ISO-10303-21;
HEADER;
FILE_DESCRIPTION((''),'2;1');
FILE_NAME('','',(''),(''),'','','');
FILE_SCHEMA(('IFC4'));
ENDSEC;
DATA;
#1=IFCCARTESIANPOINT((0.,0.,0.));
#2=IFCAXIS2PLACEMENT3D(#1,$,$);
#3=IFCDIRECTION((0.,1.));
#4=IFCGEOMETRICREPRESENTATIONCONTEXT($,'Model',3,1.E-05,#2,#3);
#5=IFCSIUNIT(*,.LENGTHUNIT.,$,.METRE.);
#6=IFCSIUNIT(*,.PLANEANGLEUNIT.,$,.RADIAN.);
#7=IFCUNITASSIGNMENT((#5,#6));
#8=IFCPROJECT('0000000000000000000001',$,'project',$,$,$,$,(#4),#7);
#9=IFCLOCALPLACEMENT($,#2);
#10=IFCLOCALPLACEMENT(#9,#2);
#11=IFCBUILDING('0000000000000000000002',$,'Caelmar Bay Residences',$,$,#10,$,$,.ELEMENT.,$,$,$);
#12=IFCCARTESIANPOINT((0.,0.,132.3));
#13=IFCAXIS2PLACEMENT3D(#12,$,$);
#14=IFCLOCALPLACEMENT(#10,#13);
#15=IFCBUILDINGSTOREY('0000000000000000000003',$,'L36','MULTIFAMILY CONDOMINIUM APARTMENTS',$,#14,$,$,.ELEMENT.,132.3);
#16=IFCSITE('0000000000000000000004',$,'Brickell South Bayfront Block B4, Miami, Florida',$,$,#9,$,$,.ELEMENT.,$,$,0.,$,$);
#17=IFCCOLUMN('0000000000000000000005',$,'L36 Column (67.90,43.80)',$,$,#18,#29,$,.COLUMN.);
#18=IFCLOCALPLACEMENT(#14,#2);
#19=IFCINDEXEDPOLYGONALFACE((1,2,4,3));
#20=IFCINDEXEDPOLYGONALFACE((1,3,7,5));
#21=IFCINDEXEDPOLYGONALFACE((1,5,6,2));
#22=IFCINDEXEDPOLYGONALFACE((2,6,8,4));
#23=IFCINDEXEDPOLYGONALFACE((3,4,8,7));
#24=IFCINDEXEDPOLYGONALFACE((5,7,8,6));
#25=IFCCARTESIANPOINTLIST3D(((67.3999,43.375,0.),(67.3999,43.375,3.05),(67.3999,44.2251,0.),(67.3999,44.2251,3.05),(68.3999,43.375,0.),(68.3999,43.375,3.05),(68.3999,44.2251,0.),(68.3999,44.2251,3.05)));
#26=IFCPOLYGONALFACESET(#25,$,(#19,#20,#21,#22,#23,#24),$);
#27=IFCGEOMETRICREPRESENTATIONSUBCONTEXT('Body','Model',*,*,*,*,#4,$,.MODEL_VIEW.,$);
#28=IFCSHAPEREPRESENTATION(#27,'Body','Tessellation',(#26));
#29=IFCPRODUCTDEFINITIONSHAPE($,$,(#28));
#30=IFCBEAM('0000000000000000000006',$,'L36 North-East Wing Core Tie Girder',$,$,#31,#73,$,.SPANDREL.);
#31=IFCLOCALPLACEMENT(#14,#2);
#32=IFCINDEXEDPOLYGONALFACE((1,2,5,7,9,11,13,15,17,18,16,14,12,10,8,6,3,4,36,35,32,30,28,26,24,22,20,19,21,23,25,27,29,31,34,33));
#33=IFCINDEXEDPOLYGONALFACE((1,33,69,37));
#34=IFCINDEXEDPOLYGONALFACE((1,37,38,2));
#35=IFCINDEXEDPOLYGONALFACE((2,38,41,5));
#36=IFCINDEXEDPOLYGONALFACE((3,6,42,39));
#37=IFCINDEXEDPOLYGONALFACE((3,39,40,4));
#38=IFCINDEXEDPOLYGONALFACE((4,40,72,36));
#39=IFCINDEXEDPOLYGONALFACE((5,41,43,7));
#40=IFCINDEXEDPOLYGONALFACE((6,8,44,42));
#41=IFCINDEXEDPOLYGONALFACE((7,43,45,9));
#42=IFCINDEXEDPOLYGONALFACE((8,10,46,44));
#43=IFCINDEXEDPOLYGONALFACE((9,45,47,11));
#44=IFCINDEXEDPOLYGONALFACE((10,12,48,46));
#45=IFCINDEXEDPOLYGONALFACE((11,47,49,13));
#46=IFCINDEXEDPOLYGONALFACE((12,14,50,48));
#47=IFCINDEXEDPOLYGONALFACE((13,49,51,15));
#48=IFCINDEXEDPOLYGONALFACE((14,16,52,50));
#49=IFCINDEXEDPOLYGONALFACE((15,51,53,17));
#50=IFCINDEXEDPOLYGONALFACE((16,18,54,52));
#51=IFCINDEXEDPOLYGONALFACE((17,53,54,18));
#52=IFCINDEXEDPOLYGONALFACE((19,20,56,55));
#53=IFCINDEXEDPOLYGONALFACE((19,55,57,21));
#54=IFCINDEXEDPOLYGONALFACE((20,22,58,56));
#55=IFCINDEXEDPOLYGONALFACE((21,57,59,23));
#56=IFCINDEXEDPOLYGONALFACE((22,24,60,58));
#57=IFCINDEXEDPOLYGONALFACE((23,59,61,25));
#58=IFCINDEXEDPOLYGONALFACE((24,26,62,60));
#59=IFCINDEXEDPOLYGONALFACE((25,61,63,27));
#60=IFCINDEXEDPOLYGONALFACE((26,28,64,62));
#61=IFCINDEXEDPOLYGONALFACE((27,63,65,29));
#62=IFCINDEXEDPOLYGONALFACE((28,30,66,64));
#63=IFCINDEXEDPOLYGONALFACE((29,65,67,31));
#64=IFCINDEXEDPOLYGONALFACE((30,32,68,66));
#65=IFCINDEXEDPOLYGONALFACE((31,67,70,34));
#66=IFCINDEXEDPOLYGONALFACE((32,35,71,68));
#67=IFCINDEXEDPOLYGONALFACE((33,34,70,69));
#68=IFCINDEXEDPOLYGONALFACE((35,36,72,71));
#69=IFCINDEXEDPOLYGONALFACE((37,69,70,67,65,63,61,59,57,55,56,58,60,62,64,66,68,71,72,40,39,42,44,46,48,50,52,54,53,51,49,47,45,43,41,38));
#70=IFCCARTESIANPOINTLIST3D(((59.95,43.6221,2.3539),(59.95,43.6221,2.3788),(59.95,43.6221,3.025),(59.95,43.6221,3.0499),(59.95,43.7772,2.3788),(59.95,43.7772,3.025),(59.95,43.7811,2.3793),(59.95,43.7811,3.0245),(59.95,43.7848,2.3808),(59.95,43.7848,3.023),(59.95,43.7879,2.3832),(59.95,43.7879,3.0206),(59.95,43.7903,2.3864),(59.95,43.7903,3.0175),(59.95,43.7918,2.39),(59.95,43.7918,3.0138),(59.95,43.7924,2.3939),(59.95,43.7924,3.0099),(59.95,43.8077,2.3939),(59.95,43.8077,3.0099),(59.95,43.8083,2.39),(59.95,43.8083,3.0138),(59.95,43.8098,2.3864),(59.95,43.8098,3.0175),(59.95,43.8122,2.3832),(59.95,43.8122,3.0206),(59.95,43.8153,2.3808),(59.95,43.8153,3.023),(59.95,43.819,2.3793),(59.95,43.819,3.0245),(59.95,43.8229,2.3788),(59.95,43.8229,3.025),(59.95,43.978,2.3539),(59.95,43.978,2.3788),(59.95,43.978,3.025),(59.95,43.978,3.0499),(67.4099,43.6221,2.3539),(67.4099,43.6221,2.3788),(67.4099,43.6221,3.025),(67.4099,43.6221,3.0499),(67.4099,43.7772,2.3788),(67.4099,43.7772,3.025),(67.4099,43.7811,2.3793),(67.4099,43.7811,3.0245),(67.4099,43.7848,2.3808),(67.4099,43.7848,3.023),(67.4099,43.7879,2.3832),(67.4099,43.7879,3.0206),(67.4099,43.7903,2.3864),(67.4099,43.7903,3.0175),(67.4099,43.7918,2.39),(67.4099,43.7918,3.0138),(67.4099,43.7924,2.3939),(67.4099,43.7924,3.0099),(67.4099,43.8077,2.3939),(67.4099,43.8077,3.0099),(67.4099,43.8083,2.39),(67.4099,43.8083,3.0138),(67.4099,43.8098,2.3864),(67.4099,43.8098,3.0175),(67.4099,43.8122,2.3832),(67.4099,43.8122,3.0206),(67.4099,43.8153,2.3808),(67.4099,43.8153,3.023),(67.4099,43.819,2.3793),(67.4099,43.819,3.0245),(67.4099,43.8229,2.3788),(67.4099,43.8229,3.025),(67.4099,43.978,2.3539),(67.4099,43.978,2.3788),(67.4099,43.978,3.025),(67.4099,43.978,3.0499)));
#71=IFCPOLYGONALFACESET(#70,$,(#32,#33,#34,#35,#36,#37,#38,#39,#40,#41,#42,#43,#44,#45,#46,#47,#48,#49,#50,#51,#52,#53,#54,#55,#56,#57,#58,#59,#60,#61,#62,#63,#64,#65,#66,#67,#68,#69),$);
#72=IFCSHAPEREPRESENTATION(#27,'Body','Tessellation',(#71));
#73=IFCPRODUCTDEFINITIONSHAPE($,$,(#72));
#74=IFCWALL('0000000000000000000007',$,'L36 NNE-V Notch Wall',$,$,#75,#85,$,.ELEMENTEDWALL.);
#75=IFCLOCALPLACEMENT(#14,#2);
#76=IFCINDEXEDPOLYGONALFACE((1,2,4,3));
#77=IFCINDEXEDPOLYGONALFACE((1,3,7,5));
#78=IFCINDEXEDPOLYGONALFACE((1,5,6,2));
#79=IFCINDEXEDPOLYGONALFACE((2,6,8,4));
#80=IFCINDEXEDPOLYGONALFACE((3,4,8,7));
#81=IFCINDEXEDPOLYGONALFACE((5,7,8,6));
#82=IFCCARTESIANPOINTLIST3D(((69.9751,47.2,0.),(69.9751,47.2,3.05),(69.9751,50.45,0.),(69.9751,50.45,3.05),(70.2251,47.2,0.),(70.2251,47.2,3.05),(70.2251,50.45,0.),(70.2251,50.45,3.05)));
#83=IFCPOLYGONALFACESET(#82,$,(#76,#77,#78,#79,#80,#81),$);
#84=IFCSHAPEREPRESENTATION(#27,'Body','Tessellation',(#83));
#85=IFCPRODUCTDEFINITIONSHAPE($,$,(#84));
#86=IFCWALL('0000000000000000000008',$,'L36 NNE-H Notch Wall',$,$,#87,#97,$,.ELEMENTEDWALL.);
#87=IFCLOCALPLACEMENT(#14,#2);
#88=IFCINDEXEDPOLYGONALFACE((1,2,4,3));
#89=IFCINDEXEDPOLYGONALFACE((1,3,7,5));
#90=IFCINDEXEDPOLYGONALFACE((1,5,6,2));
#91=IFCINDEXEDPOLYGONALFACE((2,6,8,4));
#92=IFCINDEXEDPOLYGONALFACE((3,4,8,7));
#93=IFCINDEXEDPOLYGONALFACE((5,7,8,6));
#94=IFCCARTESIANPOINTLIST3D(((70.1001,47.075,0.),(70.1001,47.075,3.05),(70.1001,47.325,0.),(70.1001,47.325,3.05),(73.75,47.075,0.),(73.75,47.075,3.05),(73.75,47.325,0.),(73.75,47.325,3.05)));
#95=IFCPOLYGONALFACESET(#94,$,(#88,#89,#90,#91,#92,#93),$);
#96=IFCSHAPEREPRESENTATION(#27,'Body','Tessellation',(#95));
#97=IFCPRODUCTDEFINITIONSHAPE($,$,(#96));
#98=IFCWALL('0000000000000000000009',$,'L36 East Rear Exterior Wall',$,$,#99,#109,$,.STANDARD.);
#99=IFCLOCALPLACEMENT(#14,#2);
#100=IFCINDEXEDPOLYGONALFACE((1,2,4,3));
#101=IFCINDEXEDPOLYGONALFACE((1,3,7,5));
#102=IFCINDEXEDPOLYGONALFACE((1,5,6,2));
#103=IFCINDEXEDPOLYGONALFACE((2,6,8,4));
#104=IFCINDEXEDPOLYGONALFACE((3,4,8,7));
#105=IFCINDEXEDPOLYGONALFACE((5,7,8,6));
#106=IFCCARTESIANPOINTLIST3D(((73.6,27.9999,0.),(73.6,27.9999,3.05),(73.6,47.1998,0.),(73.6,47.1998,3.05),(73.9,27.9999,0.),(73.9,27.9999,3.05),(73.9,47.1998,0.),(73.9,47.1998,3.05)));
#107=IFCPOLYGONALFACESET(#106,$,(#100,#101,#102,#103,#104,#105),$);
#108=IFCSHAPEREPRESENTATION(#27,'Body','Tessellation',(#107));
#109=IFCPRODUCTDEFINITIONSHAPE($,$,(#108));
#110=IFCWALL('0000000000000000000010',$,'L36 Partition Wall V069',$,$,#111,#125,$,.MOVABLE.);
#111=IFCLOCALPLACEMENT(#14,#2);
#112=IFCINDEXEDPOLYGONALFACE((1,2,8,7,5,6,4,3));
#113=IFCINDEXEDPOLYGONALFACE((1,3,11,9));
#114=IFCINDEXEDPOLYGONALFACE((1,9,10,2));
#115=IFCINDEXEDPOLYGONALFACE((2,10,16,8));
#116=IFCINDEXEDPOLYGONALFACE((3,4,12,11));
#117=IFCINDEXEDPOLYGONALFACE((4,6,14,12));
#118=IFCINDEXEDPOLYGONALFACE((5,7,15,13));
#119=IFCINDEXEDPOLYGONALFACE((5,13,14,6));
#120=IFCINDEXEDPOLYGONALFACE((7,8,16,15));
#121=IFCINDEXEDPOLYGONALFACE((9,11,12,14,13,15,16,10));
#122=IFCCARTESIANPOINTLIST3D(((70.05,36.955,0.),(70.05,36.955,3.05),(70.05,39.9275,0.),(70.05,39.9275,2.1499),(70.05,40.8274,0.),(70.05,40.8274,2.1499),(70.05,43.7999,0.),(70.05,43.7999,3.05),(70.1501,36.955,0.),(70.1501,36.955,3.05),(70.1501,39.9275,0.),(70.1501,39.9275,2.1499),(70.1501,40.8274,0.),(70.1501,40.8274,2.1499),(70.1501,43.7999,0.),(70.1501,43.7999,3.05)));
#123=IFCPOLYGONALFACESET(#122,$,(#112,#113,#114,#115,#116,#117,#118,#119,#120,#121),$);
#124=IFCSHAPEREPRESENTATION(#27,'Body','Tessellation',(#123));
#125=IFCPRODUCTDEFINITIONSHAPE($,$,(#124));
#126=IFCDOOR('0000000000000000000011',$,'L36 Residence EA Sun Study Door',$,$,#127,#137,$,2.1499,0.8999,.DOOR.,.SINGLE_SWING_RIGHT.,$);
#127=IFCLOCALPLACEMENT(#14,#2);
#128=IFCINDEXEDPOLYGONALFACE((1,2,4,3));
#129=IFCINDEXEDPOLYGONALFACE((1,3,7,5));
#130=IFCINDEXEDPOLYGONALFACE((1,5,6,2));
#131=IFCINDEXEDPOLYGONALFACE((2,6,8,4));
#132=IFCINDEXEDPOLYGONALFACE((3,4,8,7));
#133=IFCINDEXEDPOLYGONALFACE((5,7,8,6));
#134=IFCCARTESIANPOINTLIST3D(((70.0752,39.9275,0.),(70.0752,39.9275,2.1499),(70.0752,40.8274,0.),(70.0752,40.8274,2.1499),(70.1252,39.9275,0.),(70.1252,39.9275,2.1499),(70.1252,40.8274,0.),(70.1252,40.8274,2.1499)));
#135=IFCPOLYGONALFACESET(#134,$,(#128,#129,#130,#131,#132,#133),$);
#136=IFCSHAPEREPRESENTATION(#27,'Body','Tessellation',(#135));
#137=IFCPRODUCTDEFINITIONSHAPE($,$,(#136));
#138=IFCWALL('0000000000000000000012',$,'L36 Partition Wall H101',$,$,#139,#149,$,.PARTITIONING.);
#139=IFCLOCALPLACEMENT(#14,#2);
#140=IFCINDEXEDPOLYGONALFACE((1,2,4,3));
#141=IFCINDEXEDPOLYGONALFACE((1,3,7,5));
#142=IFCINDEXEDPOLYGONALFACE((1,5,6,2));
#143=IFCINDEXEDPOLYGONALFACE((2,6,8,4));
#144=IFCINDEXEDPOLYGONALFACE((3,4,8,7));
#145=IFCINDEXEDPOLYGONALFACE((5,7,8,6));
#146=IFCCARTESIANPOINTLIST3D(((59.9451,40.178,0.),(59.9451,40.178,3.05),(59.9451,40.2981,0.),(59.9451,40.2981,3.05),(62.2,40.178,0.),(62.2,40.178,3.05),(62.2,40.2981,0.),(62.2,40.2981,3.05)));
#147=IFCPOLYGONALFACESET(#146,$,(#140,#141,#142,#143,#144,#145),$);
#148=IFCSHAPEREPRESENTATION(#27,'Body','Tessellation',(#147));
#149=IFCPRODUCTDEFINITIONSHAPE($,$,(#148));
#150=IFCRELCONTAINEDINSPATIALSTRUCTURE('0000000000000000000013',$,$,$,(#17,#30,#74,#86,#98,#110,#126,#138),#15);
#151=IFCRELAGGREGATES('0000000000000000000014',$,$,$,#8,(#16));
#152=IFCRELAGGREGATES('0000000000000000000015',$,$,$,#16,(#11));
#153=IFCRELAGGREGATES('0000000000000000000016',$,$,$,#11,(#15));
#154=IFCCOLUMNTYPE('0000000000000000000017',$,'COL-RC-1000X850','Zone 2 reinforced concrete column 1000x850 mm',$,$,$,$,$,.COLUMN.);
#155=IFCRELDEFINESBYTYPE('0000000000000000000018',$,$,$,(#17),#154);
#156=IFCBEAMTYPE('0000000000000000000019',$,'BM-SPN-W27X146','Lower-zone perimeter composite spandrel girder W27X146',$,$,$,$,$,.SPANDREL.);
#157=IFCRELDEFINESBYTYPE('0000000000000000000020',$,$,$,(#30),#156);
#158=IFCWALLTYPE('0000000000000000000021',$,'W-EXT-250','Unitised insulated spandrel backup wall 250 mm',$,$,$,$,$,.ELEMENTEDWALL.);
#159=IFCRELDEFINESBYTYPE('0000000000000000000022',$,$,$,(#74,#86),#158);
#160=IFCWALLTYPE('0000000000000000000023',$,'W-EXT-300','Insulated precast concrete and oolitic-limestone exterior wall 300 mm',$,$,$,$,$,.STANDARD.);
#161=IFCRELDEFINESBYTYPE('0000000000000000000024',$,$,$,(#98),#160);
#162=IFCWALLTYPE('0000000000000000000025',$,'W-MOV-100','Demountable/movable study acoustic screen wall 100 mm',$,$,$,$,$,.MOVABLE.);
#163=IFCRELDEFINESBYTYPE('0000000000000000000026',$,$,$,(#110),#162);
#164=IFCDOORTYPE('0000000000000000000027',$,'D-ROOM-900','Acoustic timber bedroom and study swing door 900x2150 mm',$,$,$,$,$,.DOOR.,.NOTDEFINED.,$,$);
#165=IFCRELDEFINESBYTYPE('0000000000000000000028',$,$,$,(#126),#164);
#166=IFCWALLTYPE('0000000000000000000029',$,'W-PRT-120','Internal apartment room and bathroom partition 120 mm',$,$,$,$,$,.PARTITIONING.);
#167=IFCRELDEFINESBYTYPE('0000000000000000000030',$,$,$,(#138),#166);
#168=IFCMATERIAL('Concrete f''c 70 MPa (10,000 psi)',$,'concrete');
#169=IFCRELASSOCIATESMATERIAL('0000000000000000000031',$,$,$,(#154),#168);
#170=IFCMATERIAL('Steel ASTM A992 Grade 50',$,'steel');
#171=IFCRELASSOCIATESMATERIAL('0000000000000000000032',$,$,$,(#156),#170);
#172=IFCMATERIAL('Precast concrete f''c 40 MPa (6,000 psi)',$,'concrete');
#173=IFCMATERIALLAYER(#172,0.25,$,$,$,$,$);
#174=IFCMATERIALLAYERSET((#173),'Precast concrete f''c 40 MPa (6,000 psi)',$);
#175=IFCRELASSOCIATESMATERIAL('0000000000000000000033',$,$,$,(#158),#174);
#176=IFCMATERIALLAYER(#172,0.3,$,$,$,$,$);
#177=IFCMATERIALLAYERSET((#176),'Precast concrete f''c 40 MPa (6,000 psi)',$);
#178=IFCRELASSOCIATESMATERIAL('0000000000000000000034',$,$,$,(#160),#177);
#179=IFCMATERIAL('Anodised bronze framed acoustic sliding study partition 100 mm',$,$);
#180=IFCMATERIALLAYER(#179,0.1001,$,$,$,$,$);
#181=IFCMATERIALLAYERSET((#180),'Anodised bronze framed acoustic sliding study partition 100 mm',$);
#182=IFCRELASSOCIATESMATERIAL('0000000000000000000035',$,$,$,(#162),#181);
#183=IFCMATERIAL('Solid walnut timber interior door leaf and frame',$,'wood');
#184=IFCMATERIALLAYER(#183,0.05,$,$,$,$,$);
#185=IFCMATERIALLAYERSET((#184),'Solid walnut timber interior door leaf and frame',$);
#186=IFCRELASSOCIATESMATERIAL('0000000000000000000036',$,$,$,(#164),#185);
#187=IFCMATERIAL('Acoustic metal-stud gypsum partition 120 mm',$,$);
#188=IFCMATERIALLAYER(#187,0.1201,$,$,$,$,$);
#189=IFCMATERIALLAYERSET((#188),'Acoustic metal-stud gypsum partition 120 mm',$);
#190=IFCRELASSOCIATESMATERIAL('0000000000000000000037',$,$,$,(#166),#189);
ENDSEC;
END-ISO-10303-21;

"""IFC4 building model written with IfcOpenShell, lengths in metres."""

from ifc_helpers import new_model, si_unit, direction, frame, frame_2d, origin, origin_2d, place, context, subcontext, project, spatial, rectangle, i_section, extrude, material, layer, layer_set, material_profile, profile_set, type_object, element, fill, save


model = new_model("IFC4")

# Units and contexts
model_context = context("Model", 3, precision=1e-05, world=origin(), true_north=direction((0.0, 1.0)))
body_context = subcontext(model_context, "Body", "Model", "MODEL_VIEW")
ifc_project = project(units=[si_unit("LENGTHUNIT", "METRE"), si_unit("PLANEANGLEUNIT", "RADIAN")], contexts=[model_context])

# Site, building, storey
site_placement = place(None, origin())
site = spatial("IfcSite", under=ifc_project, at=site_placement, Name="Brickell South Bayfront Block B4, Miami, Florida", CompositionType="ELEMENT", RefElevation=0.0)
building_placement = place(site_placement, origin())
building = spatial("IfcBuilding", under=site, at=building_placement, Name="Caelmar Bay Residences", CompositionType="ELEMENT")
storey_placement = place(building_placement, frame((0.0, 0.0, 132.3)))
storey = spatial("IfcBuildingStorey", under=building, at=storey_placement, Name="L36", Description="MULTIFAMILY CONDOMINIUM APARTMENTS", CompositionType="ELEMENT", Elevation=132.3)

# Column
ifc_material_1 = material(Name="Concrete f'c 70 MPa (10,000 psi)", Category="concrete")
ifc_material_profile_1 = material_profile(ifc_material_1, rectangle(XDim=1.0, YDim=0.8501, at=origin_2d()), Name="RC-COL-1000X850")
ifc_profile_set_1 = profile_set([ifc_material_profile_1], Name="Concrete f'c 70 MPa (10,000 psi)")
column_type = type_object("IfcColumnType", Name="COL-RC-1000X850", Description="Zone 2 reinforced concrete column 1000x850 mm", PredefinedType="COLUMN", material=ifc_profile_set_1)
column_placement = place(storey_placement, frame((67.8999, 43.8, 0.0), z_axis=(0.0, 0.0, 1.0), x_axis=(1.0, 0.0, 0.0)))
element("IfcColumn", 1, at=column_placement, inside=storey, type_object=column_type, Name="L36 Column (67.90,43.80)", PredefinedType="COLUMN", context=body_context, shape_type="SweptSolid", body=[
    extrude(rectangle(XDim=1.0, YDim=0.8501, at=origin_2d()), origin(), (0.0, 0.0, 1.0), 3.05),
])

# Beam
ifc_material_2 = material(Name="Steel ASTM A992 Grade 50", Category="steel")
ifc_material_profile_2 = material_profile(ifc_material_2, i_section(OverallWidth=0.356, OverallDepth=0.696, WebThickness=0.0154, FlangeThickness=0.0249, FilletRadius=0.0151, at=origin_2d()), Name="W27X146")
ifc_profile_set_2 = profile_set([ifc_material_profile_2], Name="Steel ASTM A992 Grade 50")
beam_type = type_object("IfcBeamType", Name="BM-SPN-W27X146", Description="Lower-zone perimeter composite spandrel girder W27X146", PredefinedType="SPANDREL", material=ifc_profile_set_2)
beam_placement = place(storey_placement, frame((59.95, 43.8, 2.7019), z_axis=(1.0, 0.0, 0.0), x_axis=(0.0, 1.0, 0.0)))
element("IfcBeam", 2, at=beam_placement, inside=storey, type_object=beam_type, Name="L36 North-East Wing Core Tie Girder", PredefinedType="SPANDREL", context=body_context, shape_type="SweptSolid", body=[
    extrude(i_section(OverallWidth=0.356, OverallDepth=0.696, WebThickness=0.0154, FlangeThickness=0.0249, FilletRadius=0.0151, at=origin_2d()), origin(), (0.0, 0.0, 1.0), 7.46),
])

# Walls
ifc_material_3 = material(Name="Precast concrete f'c 40 MPa (6,000 psi)", Category="concrete")
ifc_layer_1 = layer(ifc_material_3, 0.25)
ifc_layer_set_1 = layer_set([ifc_layer_1], Name="Precast concrete f'c 40 MPa (6,000 psi)")
wall_type_1 = type_object("IfcWallType", Name="W-EXT-250", Description="Unitised insulated spandrel backup wall 250 mm", PredefinedType="ELEMENTEDWALL", material=ifc_layer_set_1)
wall_1_placement = place(storey_placement, frame((70.1001, 50.45, 0.0), z_axis=(0.0, 0.0, 1.0), x_axis=(0.0, -1.0, 0.0)))
element("IfcWall", 3, at=wall_1_placement, inside=storey, type_object=wall_type_1, Name="L36 NNE-V Notch Wall", PredefinedType="ELEMENTEDWALL", context=body_context, shape_type="SweptSolid", body=[
    extrude(rectangle(XDim=3.25, YDim=0.25, at=frame_2d((1.625, 0.0))), origin(), (0.0, 0.0, 1.0), 3.05),
])
wall_2_placement = place(storey_placement, frame((70.1001, 47.2, 0.0), z_axis=(0.0, 0.0, 1.0), x_axis=(1.0, 0.0, 0.0)))
element("IfcWall", 4, at=wall_2_placement, inside=storey, type_object=wall_type_1, Name="L36 NNE-H Notch Wall", PredefinedType="ELEMENTEDWALL", context=body_context, shape_type="SweptSolid", body=[
    extrude(rectangle(XDim=3.6499, YDim=0.25, at=frame_2d((1.825, 0.0))), origin(), (0.0, 0.0, 1.0), 3.05),
])
ifc_layer_2 = layer(ifc_material_3, 0.3)
ifc_layer_set_2 = layer_set([ifc_layer_2], Name="Precast concrete f'c 40 MPa (6,000 psi)")
wall_type_2 = type_object("IfcWallType", Name="W-EXT-300", Description="Insulated precast concrete and oolitic-limestone exterior wall 300 mm", PredefinedType="STANDARD", material=ifc_layer_set_2)
wall_3_placement = place(storey_placement, frame((73.75, 47.2, 0.0), z_axis=(0.0, 0.0, 1.0), x_axis=(0.0, -1.0, 0.0)))
element("IfcWall", 5, at=wall_3_placement, inside=storey, type_object=wall_type_2, Name="L36 East Rear Exterior Wall", PredefinedType="STANDARD", context=body_context, shape_type="SweptSolid", body=[
    extrude(rectangle(XDim=19.2, YDim=0.3, at=frame_2d((9.6001, 0.0))), origin(), (0.0, 0.0, 1.0), 3.05),
])

# Wall, opening, door
ifc_material_4 = material(Name="Anodised bronze framed acoustic sliding study partition 100 mm")
ifc_layer_3 = layer(ifc_material_4, 0.1001)
ifc_layer_set_3 = layer_set([ifc_layer_3], Name="Anodised bronze framed acoustic sliding study partition 100 mm")
wall_type_3 = type_object("IfcWallType", Name="W-MOV-100", Description="Demountable/movable study acoustic screen wall 100 mm", PredefinedType="MOVABLE", material=ifc_layer_set_3)
wall_4_placement = place(storey_placement, frame((70.1001, 36.9551, 0.0), z_axis=(0.0, 0.0, 1.0), x_axis=(0.0, 1.0, 0.0)))
wall_4 = element("IfcWall", 6, at=wall_4_placement, inside=storey, type_object=wall_type_3, Name="L36 Partition Wall V069", PredefinedType="MOVABLE", context=body_context, shape_type="SweptSolid", body=[
    extrude(rectangle(XDim=6.845, YDim=0.1001, at=frame_2d((3.4224, 0.0))), origin(), (0.0, 0.0, 1.0), 3.05),
])
opening_1_placement = place(wall_4_placement, frame((2.9724, 0.0, 0.0)))
opening_1 = element("IfcOpeningElement", 7, at=opening_1_placement, cuts=wall_4, PredefinedType="OPENING", context=body_context, shape_type="SweptSolid", body=[
    extrude(rectangle(XDim=0.8999, YDim=2.1499, at=frame_2d((0.45, 1.075))), frame((0.0, 0.0601, 0.0), z_axis=(0.0, -1.0, 0.0), x_axis=(1.0, 0.0, 0.0)), (0.0, 0.0, 1.0), 0.1201),
])
ifc_material_5 = material(Name="Solid walnut timber interior door leaf and frame", Category="wood")
ifc_layer_4 = layer(ifc_material_5, 0.05)
ifc_layer_set_4 = layer_set([ifc_layer_4], Name="Solid walnut timber interior door leaf and frame")
door_type_1 = type_object("IfcDoorType", Name="D-ROOM-900", Description="Acoustic timber bedroom and study swing door 900x2150 mm", OperationType="NOTDEFINED", PredefinedType="DOOR", material=ifc_layer_set_4)
door_1_placement = place(opening_1_placement, origin())
door_1 = element("IfcDoor", 8, at=door_1_placement, inside=storey, type_object=door_type_1, Name="L36 Residence EA Sun Study Door", OperationType="SINGLE_SWING_RIGHT", OverallHeight=2.1499, OverallWidth=0.8999, PredefinedType="DOOR", context=body_context, shape_type="SweptSolid", body=[
    extrude(rectangle(XDim=0.8999, YDim=2.1499, at=frame_2d((0.45, 1.075))), frame((0.0, 0.0249, 0.0), z_axis=(0.0, -1.0, 0.0), x_axis=(1.0, 0.0, 0.0)), (0.0, 0.0, 1.0), 0.05),
])
fill(opening_1, door_1)
ifc_material_6 = material(Name="Acoustic metal-stud gypsum partition 120 mm")
ifc_layer_5 = layer(ifc_material_6, 0.1201)
ifc_layer_set_5 = layer_set([ifc_layer_5], Name="Acoustic metal-stud gypsum partition 120 mm")
wall_type_4 = type_object("IfcWallType", Name="W-PRT-120", Description="Internal apartment room and bathroom partition 120 mm", PredefinedType="PARTITIONING", material=ifc_layer_set_5)

# Wall
wall_5_placement = place(storey_placement, frame((59.9451, 40.238, 0.0), z_axis=(0.0, 0.0, 1.0), x_axis=(1.0, 0.0, 0.0)))
element("IfcWall", 9, at=wall_5_placement, inside=storey, type_object=wall_type_4, Name="L36 Partition Wall H101", PredefinedType="PARTITIONING", context=body_context, shape_type="SweptSolid", body=[
    extrude(rectangle(XDim=2.2549, YDim=0.1201, at=frame_2d((1.1274, 0.0))), origin(), (0.0, 0.0, 1.0), 3.05),
])

save(model, "model.ifc")
